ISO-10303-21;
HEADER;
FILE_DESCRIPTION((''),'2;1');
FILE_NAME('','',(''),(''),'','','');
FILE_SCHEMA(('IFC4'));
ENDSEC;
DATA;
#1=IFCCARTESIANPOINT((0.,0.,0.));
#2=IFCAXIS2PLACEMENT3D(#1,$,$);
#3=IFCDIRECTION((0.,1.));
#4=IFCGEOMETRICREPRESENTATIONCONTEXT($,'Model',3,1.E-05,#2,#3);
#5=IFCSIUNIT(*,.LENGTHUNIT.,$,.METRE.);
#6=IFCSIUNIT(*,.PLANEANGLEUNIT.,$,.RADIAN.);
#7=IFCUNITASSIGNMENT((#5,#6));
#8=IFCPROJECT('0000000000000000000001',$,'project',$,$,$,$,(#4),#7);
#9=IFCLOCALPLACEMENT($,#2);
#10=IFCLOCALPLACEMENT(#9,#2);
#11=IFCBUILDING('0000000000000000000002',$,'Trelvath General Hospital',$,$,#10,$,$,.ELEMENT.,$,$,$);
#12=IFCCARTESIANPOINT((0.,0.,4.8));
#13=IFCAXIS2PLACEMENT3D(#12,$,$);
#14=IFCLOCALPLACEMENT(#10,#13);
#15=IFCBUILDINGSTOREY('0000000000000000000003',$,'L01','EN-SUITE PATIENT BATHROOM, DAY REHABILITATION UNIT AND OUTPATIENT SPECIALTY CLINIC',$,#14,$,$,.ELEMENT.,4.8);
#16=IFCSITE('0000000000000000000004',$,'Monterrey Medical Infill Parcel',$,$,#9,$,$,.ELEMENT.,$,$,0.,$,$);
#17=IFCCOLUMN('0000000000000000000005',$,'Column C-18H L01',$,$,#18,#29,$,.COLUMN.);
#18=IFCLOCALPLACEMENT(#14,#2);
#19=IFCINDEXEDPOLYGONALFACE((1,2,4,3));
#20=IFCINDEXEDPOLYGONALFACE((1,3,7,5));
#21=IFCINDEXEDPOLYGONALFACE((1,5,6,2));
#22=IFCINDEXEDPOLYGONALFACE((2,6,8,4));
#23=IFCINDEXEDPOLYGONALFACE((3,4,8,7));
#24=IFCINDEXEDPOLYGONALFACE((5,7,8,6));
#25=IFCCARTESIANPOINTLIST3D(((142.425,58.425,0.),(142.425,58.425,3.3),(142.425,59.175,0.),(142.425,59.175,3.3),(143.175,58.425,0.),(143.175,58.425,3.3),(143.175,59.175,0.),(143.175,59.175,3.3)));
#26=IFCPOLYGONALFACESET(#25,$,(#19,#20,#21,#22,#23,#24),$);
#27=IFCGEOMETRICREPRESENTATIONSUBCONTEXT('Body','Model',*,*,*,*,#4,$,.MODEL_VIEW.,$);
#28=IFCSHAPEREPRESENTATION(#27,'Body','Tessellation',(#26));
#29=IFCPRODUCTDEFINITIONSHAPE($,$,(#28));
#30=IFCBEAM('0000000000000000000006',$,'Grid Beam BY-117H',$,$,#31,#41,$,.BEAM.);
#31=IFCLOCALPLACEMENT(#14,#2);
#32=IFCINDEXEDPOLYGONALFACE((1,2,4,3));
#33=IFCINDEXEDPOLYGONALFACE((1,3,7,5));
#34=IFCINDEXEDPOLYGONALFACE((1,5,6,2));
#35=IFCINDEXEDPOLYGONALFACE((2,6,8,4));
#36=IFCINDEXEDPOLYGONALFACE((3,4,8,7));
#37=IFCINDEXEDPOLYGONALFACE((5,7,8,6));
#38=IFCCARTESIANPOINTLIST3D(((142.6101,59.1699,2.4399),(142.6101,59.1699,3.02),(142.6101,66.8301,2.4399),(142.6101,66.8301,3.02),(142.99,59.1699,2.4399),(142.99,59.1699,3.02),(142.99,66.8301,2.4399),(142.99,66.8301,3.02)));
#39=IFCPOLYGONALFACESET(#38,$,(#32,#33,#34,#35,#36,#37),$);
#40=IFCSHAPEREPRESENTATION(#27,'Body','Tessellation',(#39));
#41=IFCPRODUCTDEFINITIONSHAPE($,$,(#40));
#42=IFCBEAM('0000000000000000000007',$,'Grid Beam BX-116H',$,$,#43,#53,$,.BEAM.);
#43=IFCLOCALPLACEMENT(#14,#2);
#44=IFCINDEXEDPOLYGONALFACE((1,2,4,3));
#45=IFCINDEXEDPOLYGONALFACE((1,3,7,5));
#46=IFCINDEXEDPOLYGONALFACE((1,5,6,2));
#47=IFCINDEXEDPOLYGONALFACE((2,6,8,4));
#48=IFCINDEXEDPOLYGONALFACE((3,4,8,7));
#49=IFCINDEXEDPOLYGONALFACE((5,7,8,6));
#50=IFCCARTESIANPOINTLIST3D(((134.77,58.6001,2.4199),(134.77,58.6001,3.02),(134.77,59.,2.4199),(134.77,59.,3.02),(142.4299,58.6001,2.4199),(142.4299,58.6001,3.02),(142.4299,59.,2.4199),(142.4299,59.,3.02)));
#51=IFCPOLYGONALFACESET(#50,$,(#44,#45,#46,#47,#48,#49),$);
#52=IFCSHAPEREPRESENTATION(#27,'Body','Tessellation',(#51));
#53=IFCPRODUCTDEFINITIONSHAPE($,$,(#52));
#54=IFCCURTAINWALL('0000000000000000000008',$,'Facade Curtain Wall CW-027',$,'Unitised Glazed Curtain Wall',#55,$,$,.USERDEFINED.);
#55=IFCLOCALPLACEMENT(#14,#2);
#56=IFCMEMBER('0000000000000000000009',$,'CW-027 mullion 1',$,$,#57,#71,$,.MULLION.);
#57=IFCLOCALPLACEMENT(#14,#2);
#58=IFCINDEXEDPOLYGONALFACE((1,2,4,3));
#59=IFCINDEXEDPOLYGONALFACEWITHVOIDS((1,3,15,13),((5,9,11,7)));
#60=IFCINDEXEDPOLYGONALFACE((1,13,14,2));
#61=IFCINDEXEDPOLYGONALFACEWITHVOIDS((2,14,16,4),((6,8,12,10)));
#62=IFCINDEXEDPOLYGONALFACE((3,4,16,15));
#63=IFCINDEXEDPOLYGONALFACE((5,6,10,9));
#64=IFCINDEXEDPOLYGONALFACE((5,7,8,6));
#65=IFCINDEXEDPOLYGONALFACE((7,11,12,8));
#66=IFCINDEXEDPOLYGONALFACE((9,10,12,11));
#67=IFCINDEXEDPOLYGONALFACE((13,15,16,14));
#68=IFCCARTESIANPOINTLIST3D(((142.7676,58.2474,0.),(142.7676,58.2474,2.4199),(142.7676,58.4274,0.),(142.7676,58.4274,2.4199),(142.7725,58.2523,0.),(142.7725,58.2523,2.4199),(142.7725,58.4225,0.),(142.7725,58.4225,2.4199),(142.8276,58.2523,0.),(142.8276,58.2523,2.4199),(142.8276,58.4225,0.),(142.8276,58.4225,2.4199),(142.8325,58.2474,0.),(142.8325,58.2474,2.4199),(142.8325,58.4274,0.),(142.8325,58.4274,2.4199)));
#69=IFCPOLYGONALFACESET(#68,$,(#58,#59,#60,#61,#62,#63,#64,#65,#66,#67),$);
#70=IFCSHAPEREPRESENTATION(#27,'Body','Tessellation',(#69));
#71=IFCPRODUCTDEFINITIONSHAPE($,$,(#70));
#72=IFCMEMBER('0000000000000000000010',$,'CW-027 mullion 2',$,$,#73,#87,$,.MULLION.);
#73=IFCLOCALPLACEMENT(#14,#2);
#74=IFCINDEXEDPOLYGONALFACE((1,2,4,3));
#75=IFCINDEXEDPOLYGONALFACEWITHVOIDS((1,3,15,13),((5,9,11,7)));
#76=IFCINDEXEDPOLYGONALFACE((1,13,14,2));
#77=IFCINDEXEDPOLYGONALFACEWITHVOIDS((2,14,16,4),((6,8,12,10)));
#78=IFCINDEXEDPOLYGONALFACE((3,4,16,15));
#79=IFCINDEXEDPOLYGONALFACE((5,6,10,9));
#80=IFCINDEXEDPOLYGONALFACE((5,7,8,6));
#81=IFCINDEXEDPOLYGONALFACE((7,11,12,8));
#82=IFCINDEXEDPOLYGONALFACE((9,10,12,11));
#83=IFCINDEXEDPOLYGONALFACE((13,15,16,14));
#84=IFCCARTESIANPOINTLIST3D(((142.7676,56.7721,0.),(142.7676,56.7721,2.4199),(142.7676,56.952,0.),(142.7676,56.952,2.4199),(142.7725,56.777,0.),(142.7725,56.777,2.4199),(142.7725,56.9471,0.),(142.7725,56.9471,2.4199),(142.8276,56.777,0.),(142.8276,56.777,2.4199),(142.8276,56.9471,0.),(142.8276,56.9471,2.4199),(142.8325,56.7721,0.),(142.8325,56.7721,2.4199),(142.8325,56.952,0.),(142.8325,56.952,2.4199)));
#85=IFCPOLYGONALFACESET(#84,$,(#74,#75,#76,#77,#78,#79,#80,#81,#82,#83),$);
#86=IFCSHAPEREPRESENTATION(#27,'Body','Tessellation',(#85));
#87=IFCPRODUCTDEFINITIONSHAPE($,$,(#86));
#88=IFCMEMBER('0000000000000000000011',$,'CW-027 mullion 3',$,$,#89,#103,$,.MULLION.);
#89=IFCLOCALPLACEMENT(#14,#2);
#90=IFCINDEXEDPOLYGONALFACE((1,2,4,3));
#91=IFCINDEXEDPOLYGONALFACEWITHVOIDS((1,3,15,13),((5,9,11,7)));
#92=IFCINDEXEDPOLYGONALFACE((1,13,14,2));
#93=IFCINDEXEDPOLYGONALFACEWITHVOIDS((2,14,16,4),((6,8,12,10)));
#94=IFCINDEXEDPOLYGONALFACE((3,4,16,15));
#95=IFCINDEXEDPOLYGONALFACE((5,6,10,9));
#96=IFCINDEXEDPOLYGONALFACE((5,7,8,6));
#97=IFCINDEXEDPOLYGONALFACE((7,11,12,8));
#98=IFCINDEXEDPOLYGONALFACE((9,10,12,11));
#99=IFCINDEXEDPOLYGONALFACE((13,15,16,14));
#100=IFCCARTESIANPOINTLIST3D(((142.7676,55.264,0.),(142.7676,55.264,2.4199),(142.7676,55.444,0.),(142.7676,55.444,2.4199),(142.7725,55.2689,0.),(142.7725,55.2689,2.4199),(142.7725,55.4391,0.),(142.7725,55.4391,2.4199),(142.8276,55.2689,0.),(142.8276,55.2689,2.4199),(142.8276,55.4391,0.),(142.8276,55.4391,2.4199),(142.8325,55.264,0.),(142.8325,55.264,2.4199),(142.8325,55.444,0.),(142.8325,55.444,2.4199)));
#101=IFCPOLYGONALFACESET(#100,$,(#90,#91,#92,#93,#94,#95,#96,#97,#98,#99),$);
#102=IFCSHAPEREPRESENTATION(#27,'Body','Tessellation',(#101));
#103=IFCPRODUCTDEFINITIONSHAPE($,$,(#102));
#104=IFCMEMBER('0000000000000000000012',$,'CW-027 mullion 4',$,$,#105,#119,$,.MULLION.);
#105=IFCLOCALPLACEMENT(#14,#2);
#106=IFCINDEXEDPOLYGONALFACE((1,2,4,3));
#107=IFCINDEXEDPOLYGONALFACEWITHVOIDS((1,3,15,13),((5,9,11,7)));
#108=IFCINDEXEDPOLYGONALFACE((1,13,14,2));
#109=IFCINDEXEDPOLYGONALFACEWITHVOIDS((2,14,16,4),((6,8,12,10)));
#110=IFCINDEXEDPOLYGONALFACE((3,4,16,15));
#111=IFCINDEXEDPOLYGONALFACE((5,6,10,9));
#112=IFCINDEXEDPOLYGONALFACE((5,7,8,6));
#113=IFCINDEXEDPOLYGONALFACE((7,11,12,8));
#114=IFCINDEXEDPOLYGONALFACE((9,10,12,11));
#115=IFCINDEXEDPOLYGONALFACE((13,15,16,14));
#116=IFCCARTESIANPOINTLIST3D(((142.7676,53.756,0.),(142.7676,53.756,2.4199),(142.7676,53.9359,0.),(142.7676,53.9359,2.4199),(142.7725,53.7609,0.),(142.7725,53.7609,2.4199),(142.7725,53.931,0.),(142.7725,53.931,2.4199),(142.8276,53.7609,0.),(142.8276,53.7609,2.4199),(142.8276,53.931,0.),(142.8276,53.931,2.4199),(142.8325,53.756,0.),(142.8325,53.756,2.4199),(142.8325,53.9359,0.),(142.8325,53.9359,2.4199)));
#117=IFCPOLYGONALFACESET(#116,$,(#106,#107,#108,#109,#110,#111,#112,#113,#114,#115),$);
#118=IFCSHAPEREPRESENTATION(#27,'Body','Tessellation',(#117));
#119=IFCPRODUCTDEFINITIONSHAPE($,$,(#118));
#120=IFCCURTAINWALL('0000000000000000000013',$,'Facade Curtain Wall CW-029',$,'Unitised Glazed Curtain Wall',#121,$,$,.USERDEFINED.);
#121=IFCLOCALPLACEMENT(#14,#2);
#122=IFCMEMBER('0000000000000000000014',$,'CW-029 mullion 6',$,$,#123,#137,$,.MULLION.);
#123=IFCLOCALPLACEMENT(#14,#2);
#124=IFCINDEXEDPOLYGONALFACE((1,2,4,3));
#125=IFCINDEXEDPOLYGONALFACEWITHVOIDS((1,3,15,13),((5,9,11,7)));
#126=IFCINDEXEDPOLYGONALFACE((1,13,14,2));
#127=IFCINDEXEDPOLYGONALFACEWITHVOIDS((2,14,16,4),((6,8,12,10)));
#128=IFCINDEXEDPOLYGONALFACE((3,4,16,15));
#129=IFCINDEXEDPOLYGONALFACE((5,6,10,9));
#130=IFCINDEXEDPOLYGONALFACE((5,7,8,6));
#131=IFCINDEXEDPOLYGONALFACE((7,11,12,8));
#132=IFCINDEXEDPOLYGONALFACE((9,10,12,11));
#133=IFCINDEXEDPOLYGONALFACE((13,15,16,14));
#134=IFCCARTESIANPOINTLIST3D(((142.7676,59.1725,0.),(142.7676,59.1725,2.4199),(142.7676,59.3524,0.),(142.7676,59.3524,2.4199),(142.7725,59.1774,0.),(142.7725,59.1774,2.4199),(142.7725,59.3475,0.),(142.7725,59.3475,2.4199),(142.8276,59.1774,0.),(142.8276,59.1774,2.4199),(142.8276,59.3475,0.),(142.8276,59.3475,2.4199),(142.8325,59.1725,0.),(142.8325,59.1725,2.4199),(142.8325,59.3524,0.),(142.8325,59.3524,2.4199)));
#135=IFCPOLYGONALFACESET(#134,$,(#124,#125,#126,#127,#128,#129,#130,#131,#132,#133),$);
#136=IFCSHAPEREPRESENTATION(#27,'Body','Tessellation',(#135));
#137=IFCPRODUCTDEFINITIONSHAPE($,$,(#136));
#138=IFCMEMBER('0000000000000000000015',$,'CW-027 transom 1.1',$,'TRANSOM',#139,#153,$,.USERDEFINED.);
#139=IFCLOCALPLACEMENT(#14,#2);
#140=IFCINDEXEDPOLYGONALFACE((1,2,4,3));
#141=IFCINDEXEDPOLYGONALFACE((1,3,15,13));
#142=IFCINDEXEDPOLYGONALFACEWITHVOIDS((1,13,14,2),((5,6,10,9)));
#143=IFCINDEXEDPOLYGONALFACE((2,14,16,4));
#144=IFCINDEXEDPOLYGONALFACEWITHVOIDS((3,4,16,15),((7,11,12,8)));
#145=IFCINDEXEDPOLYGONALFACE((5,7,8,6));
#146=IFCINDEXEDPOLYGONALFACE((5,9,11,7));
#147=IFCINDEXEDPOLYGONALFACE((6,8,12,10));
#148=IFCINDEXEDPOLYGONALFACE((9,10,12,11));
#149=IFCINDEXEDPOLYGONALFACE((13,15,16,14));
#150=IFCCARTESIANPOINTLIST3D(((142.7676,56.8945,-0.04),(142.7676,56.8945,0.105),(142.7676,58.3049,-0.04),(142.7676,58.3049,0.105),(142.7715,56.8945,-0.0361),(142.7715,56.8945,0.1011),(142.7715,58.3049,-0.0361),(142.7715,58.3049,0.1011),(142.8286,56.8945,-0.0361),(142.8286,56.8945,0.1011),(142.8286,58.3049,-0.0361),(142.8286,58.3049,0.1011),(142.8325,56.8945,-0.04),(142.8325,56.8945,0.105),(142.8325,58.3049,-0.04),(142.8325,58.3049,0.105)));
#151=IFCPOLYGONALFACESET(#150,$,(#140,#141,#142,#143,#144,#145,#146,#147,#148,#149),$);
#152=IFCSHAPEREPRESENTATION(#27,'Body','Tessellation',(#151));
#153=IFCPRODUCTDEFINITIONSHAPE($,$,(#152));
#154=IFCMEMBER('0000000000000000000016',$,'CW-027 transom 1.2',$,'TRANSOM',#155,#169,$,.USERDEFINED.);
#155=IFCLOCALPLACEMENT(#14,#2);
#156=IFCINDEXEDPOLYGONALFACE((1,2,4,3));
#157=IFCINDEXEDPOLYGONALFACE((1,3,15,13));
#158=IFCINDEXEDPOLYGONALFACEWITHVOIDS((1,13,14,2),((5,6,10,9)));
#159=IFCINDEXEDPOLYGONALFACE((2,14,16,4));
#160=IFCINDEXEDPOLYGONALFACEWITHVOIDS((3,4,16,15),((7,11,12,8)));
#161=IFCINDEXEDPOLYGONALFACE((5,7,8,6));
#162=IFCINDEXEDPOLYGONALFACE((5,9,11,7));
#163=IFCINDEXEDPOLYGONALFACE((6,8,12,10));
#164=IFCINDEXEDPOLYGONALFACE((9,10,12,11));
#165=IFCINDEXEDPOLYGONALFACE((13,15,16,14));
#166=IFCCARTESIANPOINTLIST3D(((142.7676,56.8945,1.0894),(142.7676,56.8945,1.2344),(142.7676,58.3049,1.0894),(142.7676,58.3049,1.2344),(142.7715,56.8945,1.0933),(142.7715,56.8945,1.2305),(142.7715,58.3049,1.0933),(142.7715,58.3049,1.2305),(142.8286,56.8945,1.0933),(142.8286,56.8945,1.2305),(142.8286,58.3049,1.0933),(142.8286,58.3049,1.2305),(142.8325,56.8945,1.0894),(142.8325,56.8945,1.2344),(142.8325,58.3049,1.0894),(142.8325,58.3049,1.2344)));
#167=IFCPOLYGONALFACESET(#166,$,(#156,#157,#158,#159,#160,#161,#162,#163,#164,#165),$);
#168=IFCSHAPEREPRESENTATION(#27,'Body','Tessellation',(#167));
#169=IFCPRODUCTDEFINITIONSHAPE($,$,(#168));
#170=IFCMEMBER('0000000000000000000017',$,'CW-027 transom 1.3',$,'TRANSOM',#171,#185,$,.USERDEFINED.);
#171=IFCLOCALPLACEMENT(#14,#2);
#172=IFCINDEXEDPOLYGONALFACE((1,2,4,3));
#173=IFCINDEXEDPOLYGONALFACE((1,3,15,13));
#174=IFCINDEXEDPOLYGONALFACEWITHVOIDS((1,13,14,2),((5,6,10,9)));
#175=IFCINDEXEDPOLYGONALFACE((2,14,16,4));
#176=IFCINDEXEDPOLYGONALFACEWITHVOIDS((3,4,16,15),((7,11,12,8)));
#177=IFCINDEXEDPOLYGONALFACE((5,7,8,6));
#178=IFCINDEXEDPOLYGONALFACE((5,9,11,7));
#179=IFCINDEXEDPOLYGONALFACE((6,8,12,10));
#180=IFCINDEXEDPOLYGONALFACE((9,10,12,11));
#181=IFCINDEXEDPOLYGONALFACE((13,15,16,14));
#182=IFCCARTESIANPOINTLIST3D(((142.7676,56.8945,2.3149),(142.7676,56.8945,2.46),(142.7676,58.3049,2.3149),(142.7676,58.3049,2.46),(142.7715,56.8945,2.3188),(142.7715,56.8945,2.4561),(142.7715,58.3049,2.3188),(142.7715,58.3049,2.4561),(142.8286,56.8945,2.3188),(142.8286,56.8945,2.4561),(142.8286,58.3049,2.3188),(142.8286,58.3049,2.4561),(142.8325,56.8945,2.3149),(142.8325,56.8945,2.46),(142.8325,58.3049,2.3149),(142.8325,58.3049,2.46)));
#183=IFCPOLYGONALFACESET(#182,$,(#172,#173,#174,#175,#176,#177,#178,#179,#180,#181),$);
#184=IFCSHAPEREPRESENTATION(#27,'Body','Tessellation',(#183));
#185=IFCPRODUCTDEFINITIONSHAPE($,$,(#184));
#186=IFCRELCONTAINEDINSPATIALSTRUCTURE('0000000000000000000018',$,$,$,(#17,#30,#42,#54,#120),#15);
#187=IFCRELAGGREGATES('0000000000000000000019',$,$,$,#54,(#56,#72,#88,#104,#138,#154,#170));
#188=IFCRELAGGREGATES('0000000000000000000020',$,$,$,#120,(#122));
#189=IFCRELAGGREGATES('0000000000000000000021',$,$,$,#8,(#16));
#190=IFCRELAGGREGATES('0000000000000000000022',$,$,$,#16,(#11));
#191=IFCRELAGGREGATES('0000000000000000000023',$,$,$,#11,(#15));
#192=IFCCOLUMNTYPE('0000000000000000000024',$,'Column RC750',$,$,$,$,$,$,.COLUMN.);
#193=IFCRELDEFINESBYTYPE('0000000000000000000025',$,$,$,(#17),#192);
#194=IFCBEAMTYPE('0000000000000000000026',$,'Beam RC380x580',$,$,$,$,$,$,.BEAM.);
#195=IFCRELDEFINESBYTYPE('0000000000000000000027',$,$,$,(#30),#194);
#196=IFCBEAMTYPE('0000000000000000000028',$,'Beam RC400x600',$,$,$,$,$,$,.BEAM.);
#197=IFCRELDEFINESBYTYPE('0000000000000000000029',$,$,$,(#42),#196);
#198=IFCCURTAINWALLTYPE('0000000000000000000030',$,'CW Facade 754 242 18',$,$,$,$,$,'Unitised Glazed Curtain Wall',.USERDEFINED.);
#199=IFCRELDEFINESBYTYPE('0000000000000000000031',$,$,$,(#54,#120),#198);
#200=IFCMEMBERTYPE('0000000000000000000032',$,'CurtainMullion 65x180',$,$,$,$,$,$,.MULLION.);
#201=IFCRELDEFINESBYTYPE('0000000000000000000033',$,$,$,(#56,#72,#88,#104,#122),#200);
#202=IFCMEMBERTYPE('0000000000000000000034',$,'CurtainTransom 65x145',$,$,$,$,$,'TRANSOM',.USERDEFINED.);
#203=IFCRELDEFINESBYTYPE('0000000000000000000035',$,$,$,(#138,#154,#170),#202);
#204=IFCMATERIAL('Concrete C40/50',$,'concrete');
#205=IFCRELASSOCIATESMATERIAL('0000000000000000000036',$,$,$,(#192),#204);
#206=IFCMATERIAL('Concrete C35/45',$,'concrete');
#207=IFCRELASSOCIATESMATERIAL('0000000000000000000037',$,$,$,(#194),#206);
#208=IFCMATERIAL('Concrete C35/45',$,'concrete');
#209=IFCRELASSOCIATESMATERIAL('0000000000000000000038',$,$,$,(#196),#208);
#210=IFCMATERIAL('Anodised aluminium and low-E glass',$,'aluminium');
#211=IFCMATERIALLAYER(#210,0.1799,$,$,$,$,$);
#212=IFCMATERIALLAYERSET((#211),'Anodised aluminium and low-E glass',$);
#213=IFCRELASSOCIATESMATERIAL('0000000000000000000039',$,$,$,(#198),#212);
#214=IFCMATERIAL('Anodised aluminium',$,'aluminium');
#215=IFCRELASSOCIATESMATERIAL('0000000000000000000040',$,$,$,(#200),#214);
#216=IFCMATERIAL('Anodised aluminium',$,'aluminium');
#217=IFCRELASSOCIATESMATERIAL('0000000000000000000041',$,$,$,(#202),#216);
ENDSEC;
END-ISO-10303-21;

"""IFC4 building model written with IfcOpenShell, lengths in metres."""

from ifc_helpers import new_model, si_unit, direction, frame, origin, origin_2d, place, context, subcontext, project, spatial, rectangle, hollow_rectangle, extrude, material, layer, layer_set, material_profile, profile_set, type_object, element, aggregate, save


model = new_model("IFC4")

# Units and contexts
model_context = context("Model", 3, precision=1e-05, world=origin(), true_north=direction((0.0, 1.0)))
body_context = subcontext(model_context, "Body", "Model", "MODEL_VIEW")
ifc_project = project(units=[si_unit("LENGTHUNIT", "METRE"), si_unit("PLANEANGLEUNIT", "RADIAN")], contexts=[model_context])

# Site, building, storey
site_placement = place(None, origin())
site = spatial("IfcSite", under=ifc_project, at=site_placement, Name="Monterrey Medical Infill Parcel", CompositionType="ELEMENT", RefElevation=0.0)
building_placement = place(site_placement, origin())
building = spatial("IfcBuilding", under=site, at=building_placement, Name="Trelvath General Hospital", CompositionType="ELEMENT")
storey_placement = place(building_placement, frame((0.0, 0.0, 4.8)))
storey = spatial("IfcBuildingStorey", under=building, at=storey_placement, Name="L01", Description="EN-SUITE PATIENT BATHROOM, DAY REHABILITATION UNIT AND OUTPATIENT SPECIALTY CLINIC", CompositionType="ELEMENT", Elevation=4.8)

# Column
ifc_material_1 = material(Name="Concrete C40/50", Category="concrete")
ifc_material_profile_1 = material_profile(ifc_material_1, rectangle(XDim=0.75, YDim=0.75, at=origin_2d()), Name="RC750x750")
ifc_profile_set_1 = profile_set([ifc_material_profile_1], Name="Concrete C40/50")
column_type = type_object("IfcColumnType", Name="Column RC750", PredefinedType="COLUMN", material=ifc_profile_set_1)
column_placement = place(storey_placement, frame((142.8, 58.8, 0.0), z_axis=(0.0, 0.0, 1.0), x_axis=(1.0, 0.0, 0.0)))
element("IfcColumn", 1, at=column_placement, inside=storey, type_object=column_type, Name="Column C-18H L01", PredefinedType="COLUMN", context=body_context, shape_type="SweptSolid", body=[
    extrude(rectangle(XDim=0.75, YDim=0.75, at=origin_2d()), origin(), (0.0, 0.0, 1.0), 3.3),
])

# Beams
ifc_material_2 = material(Name="Concrete C35/45", Category="concrete")
ifc_material_profile_2 = material_profile(ifc_material_2, rectangle(XDim=0.3799, YDim=0.5801, at=origin_2d()), Name="RCB380x580")
ifc_profile_set_2 = profile_set([ifc_material_profile_2], Name="Concrete C35/45")
beam_type_1 = type_object("IfcBeamType", Name="Beam RC380x580", PredefinedType="BEAM", material=ifc_profile_set_2)
beam_1_placement = place(storey_placement, frame((142.8, 59.1699, 2.73), z_axis=(0.0, 1.0, 0.0), x_axis=(-1.0, 0.0, 0.0)))
element("IfcBeam", 2, at=beam_1_placement, inside=storey, type_object=beam_type_1, Name="Grid Beam BY-117H", PredefinedType="BEAM", context=body_context, shape_type="SweptSolid", body=[
    extrude(rectangle(XDim=0.3799, YDim=0.5801, at=origin_2d()), origin(), (0.0, 0.0, 1.0), 7.6602),
])
ifc_material_3 = material(Name="Concrete C35/45", Category="concrete")
ifc_material_profile_3 = material_profile(ifc_material_3, rectangle(XDim=0.3999, YDim=0.6001, at=origin_2d()), Name="RCB400x600")
ifc_profile_set_3 = profile_set([ifc_material_profile_3], Name="Concrete C35/45")
beam_type_2 = type_object("IfcBeamType", Name="Beam RC400x600", PredefinedType="BEAM", material=ifc_profile_set_3)
beam_2_placement = place(storey_placement, frame((134.77, 58.8, 2.72), z_axis=(1.0, 0.0, 0.0), x_axis=(0.0, 1.0, 0.0)))
element("IfcBeam", 3, at=beam_2_placement, inside=storey, type_object=beam_type_2, Name="Grid Beam BX-116H", PredefinedType="BEAM", context=body_context, shape_type="SweptSolid", body=[
    extrude(rectangle(XDim=0.3999, YDim=0.6001, at=origin_2d()), origin(), (0.0, 0.0, 1.0), 7.6599),
])

# Curtain wall, members
ifc_material_4 = material(Name="Anodised aluminium and low-E glass", Category="aluminium")
ifc_layer_1 = layer(ifc_material_4, 0.1799)
ifc_layer_set_1 = layer_set([ifc_layer_1], Name="Anodised aluminium and low-E glass")
curtain_wall_type = type_object("IfcCurtainWallType", Name="CW Facade 754 242 18", ElementType="Unitised Glazed Curtain Wall", PredefinedType="USERDEFINED", material=ifc_layer_set_1)
curtain_wall_1_placement = place(storey_placement, origin())
curtain_wall_1 = element("IfcCurtainWall", 4, at=curtain_wall_1_placement, inside=storey, type_object=curtain_wall_type, Name="Facade Curtain Wall CW-027", ObjectType="Unitised Glazed Curtain Wall", PredefinedType="USERDEFINED")
ifc_material_5 = material(Name="Anodised aluminium", Category="aluminium")
ifc_material_profile_4 = material_profile(ifc_material_5, hollow_rectangle(XDim=0.0649, YDim=0.1799, WallThickness=0.0049, at=origin_2d()), Name="RHS65x180x5")
ifc_profile_set_4 = profile_set([ifc_material_profile_4], Name="Anodised aluminium")
member_type_1 = type_object("IfcMemberType", Name="CurtainMullion 65x180", PredefinedType="MULLION", material=ifc_profile_set_4)
member_1_placement = place(storey_placement, frame((142.8, 58.3374, 0.0), z_axis=(0.0, 0.0, 1.0), x_axis=(1.0, 0.0, 0.0)))
member_1 = element("IfcMember", 5, at=member_1_placement, type_object=member_type_1, Name="CW-027 mullion 1", PredefinedType="MULLION", context=body_context, shape_type="SweptSolid", body=[
    extrude(hollow_rectangle(XDim=0.0649, YDim=0.1799, WallThickness=0.0049, at=origin_2d()), origin(), (0.0, 0.0, 1.0), 2.4199),
])
member_2_placement = place(storey_placement, frame((142.8, 56.8621, 0.0), z_axis=(0.0, 0.0, 1.0), x_axis=(1.0, 0.0, 0.0)))
member_2 = element("IfcMember", 6, at=member_2_placement, type_object=member_type_1, Name="CW-027 mullion 2", PredefinedType="MULLION", context=body_context, shape_type="SweptSolid", body=[
    extrude(hollow_rectangle(XDim=0.0649, YDim=0.1799, WallThickness=0.0049, at=origin_2d()), origin(), (0.0, 0.0, 1.0), 2.4199),
])
member_3_placement = place(storey_placement, frame((142.8, 55.354, 0.0), z_axis=(0.0, 0.0, 1.0), x_axis=(1.0, 0.0, 0.0)))
member_3 = element("IfcMember", 7, at=member_3_placement, type_object=member_type_1, Name="CW-027 mullion 3", PredefinedType="MULLION", context=body_context, shape_type="SweptSolid", body=[
    extrude(hollow_rectangle(XDim=0.0649, YDim=0.1799, WallThickness=0.0049, at=origin_2d()), origin(), (0.0, 0.0, 1.0), 2.4199),
])
member_4_placement = place(storey_placement, frame((142.8, 53.8459, 0.0), z_axis=(0.0, 0.0, 1.0), x_axis=(1.0, 0.0, 0.0)))
member_4 = element("IfcMember", 8, at=member_4_placement, type_object=member_type_1, Name="CW-027 mullion 4", PredefinedType="MULLION", context=body_context, shape_type="SweptSolid", body=[
    extrude(hollow_rectangle(XDim=0.0649, YDim=0.1799, WallThickness=0.0049, at=origin_2d()), origin(), (0.0, 0.0, 1.0), 2.4199),
])

# Curtain wall, member
curtain_wall_2_placement = place(storey_placement, origin())
curtain_wall_2 = element("IfcCurtainWall", 9, at=curtain_wall_2_placement, inside=storey, type_object=curtain_wall_type, Name="Facade Curtain Wall CW-029", ObjectType="Unitised Glazed Curtain Wall", PredefinedType="USERDEFINED")
member_5_placement = place(storey_placement, frame((142.8, 59.2625, 0.0), z_axis=(0.0, 0.0, 1.0), x_axis=(1.0, 0.0, 0.0)))
member_5 = element("IfcMember", 10, at=member_5_placement, type_object=member_type_1, Name="CW-029 mullion 6", PredefinedType="MULLION", context=body_context, shape_type="SweptSolid", body=[
    extrude(hollow_rectangle(XDim=0.0649, YDim=0.1799, WallThickness=0.0049, at=origin_2d()), origin(), (0.0, 0.0, 1.0), 2.4199),
])

# Members
ifc_material_6 = material(Name="Anodised aluminium", Category="aluminium")
ifc_material_profile_5 = material_profile(ifc_material_6, hollow_rectangle(XDim=0.0649, YDim=0.145, WallThickness=0.0039, at=origin_2d()), Name="RHS65x145x4")
ifc_profile_set_5 = profile_set([ifc_material_profile_5], Name="Anodised aluminium")
member_type_2 = type_object("IfcMemberType", Name="CurtainTransom 65x145", ElementType="TRANSOM", PredefinedType="USERDEFINED", material=ifc_profile_set_5)
member_6_placement = place(storey_placement, frame((142.8, 58.3049, 0.0325), z_axis=(0.0, -1.0, 0.0), x_axis=(1.0, 0.0, 0.0)))
member_6 = element("IfcMember", 11, at=member_6_placement, type_object=member_type_2, Name="CW-027 transom 1.1", ObjectType="TRANSOM", PredefinedType="USERDEFINED", context=body_context, shape_type="SweptSolid", body=[
    extrude(hollow_rectangle(XDim=0.0649, YDim=0.145, WallThickness=0.0039, at=origin_2d()), origin(), (0.0, 0.0, 1.0), 1.4104),
])
member_7_placement = place(storey_placement, frame((142.8, 58.3049, 1.1619), z_axis=(0.0, -1.0, 0.0), x_axis=(1.0, 0.0, 0.0)))
member_7 = element("IfcMember", 12, at=member_7_placement, type_object=member_type_2, Name="CW-027 transom 1.2", ObjectType="TRANSOM", PredefinedType="USERDEFINED", context=body_context, shape_type="SweptSolid", body=[
    extrude(hollow_rectangle(XDim=0.0649, YDim=0.145, WallThickness=0.0039, at=origin_2d()), origin(), (0.0, 0.0, 1.0), 1.4104),
])
member_8_placement = place(storey_placement, frame((142.8, 58.3049, 2.3875), z_axis=(0.0, -1.0, 0.0), x_axis=(1.0, 0.0, 0.0)))
member_8 = element("IfcMember", 13, at=member_8_placement, type_object=member_type_2, Name="CW-027 transom 1.3", ObjectType="TRANSOM", PredefinedType="USERDEFINED", context=body_context, shape_type="SweptSolid", body=[
    extrude(hollow_rectangle(XDim=0.0649, YDim=0.145, WallThickness=0.0039, at=origin_2d()), origin(), (0.0, 0.0, 1.0), 1.4104),
])

aggregate(curtain_wall_1, [member_1, member_2, member_3, member_4, member_6, member_7, member_8])
aggregate(curtain_wall_2, [member_5])

save(model, "model.ifc")
